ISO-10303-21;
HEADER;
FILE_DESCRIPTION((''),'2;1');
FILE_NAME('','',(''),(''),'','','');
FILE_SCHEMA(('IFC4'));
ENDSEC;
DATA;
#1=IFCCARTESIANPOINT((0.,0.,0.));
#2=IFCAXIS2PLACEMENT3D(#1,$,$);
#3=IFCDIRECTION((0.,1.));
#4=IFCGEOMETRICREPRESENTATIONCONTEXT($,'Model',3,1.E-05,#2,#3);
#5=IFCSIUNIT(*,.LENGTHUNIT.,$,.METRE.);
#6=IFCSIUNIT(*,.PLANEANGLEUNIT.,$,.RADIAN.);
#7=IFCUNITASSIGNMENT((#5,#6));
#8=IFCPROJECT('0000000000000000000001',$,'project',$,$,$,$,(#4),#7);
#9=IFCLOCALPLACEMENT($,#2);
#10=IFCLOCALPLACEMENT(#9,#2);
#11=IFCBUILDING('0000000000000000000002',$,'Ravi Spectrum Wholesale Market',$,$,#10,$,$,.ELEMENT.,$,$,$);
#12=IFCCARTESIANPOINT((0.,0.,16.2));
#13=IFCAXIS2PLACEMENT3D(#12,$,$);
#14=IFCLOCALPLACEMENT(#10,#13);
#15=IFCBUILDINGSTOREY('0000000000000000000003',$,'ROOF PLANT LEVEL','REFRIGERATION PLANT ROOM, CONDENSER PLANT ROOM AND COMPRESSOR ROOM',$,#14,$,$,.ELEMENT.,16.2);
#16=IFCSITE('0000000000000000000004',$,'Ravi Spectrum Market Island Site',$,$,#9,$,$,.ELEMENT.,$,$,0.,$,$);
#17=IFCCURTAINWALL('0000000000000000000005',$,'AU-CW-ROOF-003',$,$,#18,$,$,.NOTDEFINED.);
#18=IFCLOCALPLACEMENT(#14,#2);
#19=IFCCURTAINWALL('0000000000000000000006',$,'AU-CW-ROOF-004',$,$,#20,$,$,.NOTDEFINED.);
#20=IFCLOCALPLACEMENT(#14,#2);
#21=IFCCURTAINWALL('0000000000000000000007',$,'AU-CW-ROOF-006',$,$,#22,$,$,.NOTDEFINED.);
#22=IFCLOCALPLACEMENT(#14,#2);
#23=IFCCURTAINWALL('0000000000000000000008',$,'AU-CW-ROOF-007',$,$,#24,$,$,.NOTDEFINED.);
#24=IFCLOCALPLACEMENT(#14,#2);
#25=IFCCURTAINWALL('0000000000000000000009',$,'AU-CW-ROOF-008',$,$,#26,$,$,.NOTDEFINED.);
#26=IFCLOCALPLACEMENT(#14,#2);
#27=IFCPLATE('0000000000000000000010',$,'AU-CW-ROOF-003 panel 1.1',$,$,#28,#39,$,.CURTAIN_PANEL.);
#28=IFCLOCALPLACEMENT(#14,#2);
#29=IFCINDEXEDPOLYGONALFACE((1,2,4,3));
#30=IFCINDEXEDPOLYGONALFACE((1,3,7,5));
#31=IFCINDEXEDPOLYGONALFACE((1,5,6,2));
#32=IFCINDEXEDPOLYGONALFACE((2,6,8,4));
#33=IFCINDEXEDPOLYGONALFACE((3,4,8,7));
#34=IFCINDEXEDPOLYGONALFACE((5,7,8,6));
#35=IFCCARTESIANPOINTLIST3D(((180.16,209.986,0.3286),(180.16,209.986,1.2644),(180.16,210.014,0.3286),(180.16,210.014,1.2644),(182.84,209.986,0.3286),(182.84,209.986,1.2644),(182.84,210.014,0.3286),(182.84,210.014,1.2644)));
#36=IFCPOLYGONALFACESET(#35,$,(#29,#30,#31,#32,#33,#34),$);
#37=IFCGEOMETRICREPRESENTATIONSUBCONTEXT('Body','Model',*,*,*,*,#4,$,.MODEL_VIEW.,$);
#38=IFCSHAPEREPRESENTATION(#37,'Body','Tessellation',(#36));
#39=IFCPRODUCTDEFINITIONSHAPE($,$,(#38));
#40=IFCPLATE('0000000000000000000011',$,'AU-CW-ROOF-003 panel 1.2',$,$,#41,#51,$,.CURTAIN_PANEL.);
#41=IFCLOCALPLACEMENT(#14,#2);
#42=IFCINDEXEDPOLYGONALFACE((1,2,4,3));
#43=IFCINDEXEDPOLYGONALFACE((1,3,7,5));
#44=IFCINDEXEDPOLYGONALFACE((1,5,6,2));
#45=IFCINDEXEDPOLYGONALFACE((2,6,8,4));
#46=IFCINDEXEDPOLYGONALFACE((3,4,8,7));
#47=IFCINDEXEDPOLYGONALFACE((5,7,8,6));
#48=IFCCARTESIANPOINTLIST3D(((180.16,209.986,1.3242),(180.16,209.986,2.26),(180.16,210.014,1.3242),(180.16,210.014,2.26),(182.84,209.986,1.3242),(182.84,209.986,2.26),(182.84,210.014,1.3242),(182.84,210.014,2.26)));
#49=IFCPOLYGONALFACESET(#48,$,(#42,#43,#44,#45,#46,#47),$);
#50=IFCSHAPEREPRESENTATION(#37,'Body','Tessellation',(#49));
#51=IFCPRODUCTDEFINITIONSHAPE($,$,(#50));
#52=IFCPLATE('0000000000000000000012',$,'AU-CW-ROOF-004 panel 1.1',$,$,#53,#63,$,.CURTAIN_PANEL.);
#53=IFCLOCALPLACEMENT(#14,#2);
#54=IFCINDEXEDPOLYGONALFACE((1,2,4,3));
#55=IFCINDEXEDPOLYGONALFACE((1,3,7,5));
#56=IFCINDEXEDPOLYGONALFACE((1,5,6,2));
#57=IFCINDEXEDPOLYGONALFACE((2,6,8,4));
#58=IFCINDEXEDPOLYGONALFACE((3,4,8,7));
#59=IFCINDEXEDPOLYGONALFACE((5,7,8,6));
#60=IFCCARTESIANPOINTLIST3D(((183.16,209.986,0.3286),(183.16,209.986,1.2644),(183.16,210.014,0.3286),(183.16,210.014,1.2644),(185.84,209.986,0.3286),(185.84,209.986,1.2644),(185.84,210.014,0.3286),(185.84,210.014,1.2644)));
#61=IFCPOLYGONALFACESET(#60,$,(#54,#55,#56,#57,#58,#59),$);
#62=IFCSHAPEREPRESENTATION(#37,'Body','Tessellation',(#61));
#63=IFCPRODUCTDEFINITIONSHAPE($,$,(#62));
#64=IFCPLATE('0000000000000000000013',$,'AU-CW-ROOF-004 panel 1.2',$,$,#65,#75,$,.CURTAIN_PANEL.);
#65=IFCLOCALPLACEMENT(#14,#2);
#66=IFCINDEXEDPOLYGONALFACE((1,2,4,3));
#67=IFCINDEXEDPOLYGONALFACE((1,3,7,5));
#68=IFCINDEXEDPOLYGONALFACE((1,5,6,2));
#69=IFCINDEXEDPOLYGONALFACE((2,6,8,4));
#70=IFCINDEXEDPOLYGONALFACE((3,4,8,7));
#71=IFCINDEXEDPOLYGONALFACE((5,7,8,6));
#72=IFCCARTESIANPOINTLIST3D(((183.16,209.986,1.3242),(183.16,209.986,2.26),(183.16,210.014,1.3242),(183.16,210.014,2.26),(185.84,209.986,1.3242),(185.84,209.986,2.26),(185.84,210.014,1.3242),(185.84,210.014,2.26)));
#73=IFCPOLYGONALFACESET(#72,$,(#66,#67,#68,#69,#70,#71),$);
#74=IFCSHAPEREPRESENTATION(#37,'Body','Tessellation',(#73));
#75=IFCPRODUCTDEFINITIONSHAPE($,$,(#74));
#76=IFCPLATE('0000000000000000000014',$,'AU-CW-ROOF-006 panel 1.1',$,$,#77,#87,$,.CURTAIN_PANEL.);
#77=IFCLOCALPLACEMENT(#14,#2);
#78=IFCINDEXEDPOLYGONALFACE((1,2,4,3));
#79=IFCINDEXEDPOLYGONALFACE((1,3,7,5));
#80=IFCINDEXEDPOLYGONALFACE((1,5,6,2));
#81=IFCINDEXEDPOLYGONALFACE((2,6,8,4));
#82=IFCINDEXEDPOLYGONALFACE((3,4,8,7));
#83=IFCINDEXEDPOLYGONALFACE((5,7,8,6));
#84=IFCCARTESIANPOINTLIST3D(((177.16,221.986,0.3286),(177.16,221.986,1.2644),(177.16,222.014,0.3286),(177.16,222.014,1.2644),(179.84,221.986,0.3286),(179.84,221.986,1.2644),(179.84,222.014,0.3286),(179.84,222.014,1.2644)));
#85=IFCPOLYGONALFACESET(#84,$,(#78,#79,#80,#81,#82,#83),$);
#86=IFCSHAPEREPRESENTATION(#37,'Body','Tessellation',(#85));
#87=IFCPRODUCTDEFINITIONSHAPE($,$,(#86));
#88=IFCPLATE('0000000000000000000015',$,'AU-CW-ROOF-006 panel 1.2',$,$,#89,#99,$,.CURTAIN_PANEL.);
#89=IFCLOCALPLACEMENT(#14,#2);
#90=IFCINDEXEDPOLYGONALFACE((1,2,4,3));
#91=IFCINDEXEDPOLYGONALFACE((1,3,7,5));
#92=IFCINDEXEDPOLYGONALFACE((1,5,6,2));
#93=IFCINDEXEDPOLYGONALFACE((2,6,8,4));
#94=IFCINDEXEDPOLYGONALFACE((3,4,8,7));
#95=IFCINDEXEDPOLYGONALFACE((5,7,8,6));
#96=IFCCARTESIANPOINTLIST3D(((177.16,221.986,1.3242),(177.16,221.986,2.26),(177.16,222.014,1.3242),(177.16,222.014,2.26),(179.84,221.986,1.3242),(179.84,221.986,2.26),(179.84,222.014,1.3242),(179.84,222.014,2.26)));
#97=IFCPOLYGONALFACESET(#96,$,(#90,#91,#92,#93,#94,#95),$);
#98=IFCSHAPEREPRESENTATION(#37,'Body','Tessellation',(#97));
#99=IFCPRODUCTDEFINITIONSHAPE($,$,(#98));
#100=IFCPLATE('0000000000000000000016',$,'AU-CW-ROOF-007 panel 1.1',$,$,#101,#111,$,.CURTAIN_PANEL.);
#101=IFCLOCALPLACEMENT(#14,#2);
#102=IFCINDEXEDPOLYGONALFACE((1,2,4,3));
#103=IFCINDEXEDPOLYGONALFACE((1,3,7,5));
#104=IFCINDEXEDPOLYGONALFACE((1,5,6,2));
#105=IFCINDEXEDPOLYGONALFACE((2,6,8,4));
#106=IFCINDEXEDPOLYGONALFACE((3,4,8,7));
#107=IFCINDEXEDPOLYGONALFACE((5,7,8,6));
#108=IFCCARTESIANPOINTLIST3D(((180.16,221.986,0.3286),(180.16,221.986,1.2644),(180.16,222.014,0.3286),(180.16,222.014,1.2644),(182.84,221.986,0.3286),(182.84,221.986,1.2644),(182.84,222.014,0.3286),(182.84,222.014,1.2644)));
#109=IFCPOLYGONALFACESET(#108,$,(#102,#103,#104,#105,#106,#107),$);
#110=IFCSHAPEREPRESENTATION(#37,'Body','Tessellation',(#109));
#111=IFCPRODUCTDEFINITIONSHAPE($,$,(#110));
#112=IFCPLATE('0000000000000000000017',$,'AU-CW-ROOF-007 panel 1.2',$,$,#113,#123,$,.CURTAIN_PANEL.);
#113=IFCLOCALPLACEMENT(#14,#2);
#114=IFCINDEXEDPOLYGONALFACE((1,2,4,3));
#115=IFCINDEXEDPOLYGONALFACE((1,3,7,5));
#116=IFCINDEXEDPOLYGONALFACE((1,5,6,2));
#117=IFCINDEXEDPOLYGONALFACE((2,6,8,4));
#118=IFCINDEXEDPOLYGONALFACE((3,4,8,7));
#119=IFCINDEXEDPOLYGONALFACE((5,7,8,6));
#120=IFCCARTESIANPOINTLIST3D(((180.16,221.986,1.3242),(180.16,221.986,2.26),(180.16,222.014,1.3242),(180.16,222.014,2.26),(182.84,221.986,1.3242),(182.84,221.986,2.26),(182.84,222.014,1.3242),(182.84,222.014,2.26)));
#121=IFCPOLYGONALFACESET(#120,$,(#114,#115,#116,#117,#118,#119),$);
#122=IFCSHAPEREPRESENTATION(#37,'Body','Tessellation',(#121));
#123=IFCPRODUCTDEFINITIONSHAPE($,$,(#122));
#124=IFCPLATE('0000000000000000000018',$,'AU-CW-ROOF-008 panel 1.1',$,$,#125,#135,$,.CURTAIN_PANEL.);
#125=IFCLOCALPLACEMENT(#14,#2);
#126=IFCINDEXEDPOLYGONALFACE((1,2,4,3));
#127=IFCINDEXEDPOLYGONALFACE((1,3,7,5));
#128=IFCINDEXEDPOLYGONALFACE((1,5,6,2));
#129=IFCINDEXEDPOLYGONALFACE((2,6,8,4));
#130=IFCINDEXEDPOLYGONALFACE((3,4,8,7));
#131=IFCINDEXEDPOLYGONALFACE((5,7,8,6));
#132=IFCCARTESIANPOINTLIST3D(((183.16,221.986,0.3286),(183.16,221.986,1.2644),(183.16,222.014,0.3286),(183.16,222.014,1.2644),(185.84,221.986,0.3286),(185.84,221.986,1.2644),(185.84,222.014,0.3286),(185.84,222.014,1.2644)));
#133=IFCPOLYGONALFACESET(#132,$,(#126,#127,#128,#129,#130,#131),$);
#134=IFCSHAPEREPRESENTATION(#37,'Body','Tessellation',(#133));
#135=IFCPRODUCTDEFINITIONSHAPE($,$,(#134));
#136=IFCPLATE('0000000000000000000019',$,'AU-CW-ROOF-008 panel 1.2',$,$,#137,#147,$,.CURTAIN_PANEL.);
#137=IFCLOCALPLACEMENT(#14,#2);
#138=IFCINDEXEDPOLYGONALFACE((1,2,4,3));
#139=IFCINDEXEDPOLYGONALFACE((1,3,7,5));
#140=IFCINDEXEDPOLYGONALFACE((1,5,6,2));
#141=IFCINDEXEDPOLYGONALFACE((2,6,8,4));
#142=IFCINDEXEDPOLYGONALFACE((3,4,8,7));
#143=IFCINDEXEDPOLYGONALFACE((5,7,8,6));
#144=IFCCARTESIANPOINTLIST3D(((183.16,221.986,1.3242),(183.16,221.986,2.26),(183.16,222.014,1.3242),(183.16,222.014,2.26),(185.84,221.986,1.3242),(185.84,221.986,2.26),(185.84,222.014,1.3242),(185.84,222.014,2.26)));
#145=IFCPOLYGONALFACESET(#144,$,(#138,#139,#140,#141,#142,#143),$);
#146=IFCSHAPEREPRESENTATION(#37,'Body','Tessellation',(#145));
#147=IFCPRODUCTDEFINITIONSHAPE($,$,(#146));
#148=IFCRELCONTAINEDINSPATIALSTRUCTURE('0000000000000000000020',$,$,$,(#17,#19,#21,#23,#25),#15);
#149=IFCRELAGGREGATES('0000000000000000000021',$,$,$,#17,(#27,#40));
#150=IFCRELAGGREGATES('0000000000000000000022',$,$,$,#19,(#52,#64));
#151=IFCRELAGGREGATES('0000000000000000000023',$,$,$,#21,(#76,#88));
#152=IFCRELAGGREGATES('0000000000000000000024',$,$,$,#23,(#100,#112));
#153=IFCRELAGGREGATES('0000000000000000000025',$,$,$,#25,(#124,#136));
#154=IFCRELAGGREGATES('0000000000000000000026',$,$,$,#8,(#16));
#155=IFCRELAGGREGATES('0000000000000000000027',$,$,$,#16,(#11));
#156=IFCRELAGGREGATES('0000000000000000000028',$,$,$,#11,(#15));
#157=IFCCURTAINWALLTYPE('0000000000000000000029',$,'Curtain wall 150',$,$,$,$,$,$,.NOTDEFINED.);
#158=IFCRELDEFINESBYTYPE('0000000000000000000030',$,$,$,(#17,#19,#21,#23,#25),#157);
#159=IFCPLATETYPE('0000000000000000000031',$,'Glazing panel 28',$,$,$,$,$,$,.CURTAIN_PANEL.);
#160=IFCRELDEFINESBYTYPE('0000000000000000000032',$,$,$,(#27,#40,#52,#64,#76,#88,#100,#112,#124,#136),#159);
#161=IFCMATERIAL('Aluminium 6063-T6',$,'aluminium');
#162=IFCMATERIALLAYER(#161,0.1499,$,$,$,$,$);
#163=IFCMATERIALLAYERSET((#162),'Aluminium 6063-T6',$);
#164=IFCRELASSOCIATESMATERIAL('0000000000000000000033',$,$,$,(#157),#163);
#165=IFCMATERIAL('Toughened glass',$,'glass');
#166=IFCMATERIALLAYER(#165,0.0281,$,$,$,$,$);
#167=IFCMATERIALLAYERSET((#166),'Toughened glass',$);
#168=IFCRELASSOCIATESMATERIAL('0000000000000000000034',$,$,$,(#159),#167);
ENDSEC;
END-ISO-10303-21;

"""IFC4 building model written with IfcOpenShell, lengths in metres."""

from ifc_helpers import new_model, si_unit, direction, frame, origin, origin_2d, place, context, subcontext, project, spatial, rectangle, extrude, material, layer, layer_set, type_object, element, aggregate, save


model = new_model("IFC4")

# Units and contexts
model_context = context("Model", 3, precision=1e-05, world=origin(), true_north=direction((0.0, 1.0)))
body_context = subcontext(model_context, "Body", "Model", "MODEL_VIEW")
ifc_project = project(units=[si_unit("LENGTHUNIT", "METRE"), si_unit("PLANEANGLEUNIT", "RADIAN")], contexts=[model_context])

# Site, building, storey
site_placement = place(None, origin())
site = spatial("IfcSite", under=ifc_project, at=site_placement, Name="Ravi Spectrum Market Island Site", CompositionType="ELEMENT", RefElevation=0.0)
building_placement = place(site_placement, origin())
building = spatial("IfcBuilding", under=site, at=building_placement, Name="Ravi Spectrum Wholesale Market", CompositionType="ELEMENT")
storey_placement = place(building_placement, frame((0.0, 0.0, 16.2)))
storey = spatial("IfcBuildingStorey", under=building, at=storey_placement, Name="ROOF PLANT LEVEL", Description="REFRIGERATION PLANT ROOM, CONDENSER PLANT ROOM AND COMPRESSOR ROOM", CompositionType="ELEMENT", Elevation=16.2)

# Shared definitions
ifc_material_1 = material(Name="Aluminium 6063-T6", Category="aluminium")
ifc_layer_1 = layer(ifc_material_1, 0.1499)
ifc_layer_set_1 = layer_set([ifc_layer_1], Name="Aluminium 6063-T6")
curtain_wall_type = type_object("IfcCurtainWallType", Name="Curtain wall 150", PredefinedType="NOTDEFINED", material=ifc_layer_set_1)

# Curtain walls
curtain_wall_1_placement = place(storey_placement, origin())
curtain_wall_1 = element("IfcCurtainWall", 1, at=curtain_wall_1_placement, inside=storey, type_object=curtain_wall_type, Name="AU-CW-ROOF-003", PredefinedType="NOTDEFINED")
curtain_wall_2_placement = place(storey_placement, origin())
curtain_wall_2 = element("IfcCurtainWall", 2, at=curtain_wall_2_placement, inside=storey, type_object=curtain_wall_type, Name="AU-CW-ROOF-004", PredefinedType="NOTDEFINED")

# Curtain wall
curtain_wall_3_placement = place(storey_placement, origin())
curtain_wall_3 = element("IfcCurtainWall", 3, at=curtain_wall_3_placement, inside=storey, type_object=curtain_wall_type, Name="AU-CW-ROOF-006", PredefinedType="NOTDEFINED")

# Curtain walls
curtain_wall_4_placement = place(storey_placement, origin())
curtain_wall_4 = element("IfcCurtainWall", 4, at=curtain_wall_4_placement, inside=storey, type_object=curtain_wall_type, Name="AU-CW-ROOF-007", PredefinedType="NOTDEFINED")
curtain_wall_5_placement = place(storey_placement, origin())
curtain_wall_5 = element("IfcCurtainWall", 5, at=curtain_wall_5_placement, inside=storey, type_object=curtain_wall_type, Name="AU-CW-ROOF-008", PredefinedType="NOTDEFINED")

# Plates
ifc_material_2 = material(Name="Toughened glass", Category="glass")
ifc_layer_2 = layer(ifc_material_2, 0.0281)
ifc_layer_set_2 = layer_set([ifc_layer_2], Name="Toughened glass")
plate_type = type_object("IfcPlateType", Name="Glazing panel 28", PredefinedType="CURTAIN_PANEL", material=ifc_layer_set_2)
plate_1_placement = place(storey_placement, frame((181.5, 210.0, 0.3286), z_axis=(0.0, 0.0, 1.0), x_axis=(1.0, 0.0, 0.0)))
plate_1 = element("IfcPlate", 6, at=plate_1_placement, type_object=plate_type, Name="AU-CW-ROOF-003 panel 1.1", PredefinedType="CURTAIN_PANEL", context=body_context, shape_type="SweptSolid", body=[
    extrude(rectangle(XDim=2.6799, YDim=0.0281, at=origin_2d()), origin(), (0.0, 0.0, 1.0), 0.9358),
])
plate_2_placement = place(storey_placement, frame((181.5, 210.0, 1.3242), z_axis=(0.0, 0.0, 1.0), x_axis=(1.0, 0.0, 0.0)))
plate_2 = element("IfcPlate", 7, at=plate_2_placement, type_object=plate_type, Name="AU-CW-ROOF-003 panel 1.2", PredefinedType="CURTAIN_PANEL", context=body_context, shape_type="SweptSolid", body=[
    extrude(rectangle(XDim=2.6799, YDim=0.0281, at=origin_2d()), origin(), (0.0, 0.0, 1.0), 0.9358),
])
aggregate(curtain_wall_1, [plate_1, plate_2])
plate_3_placement = place(storey_placement, frame((184.5, 210.0, 0.3286), z_axis=(0.0, 0.0, 1.0), x_axis=(1.0, 0.0, 0.0)))
plate_3 = element("IfcPlate", 8, at=plate_3_placement, type_object=plate_type, Name="AU-CW-ROOF-004 panel 1.1", PredefinedType="CURTAIN_PANEL", context=body_context, shape_type="SweptSolid", body=[
    extrude(rectangle(XDim=2.6799, YDim=0.0281, at=origin_2d()), origin(), (0.0, 0.0, 1.0), 0.9358),
])
plate_4_placement = place(storey_placement, frame((184.5, 210.0, 1.3242), z_axis=(0.0, 0.0, 1.0), x_axis=(1.0, 0.0, 0.0)))
plate_4 = element("IfcPlate", 9, at=plate_4_placement, type_object=plate_type, Name="AU-CW-ROOF-004 panel 1.2", PredefinedType="CURTAIN_PANEL", context=body_context, shape_type="SweptSolid", body=[
    extrude(rectangle(XDim=2.6799, YDim=0.0281, at=origin_2d()), origin(), (0.0, 0.0, 1.0), 0.9358),
])
aggregate(curtain_wall_2, [plate_3, plate_4])
plate_5_placement = place(storey_placement, frame((178.5, 222.0, 0.3286), z_axis=(0.0, 0.0, 1.0), x_axis=(1.0, 0.0, 0.0)))
plate_5 = element("IfcPlate", 10, at=plate_5_placement, type_object=plate_type, Name="AU-CW-ROOF-006 panel 1.1", PredefinedType="CURTAIN_PANEL", context=body_context, shape_type="SweptSolid", body=[
    extrude(rectangle(XDim=2.6799, YDim=0.0281, at=origin_2d()), origin(), (0.0, 0.0, 1.0), 0.9358),
])
plate_6_placement = place(storey_placement, frame((178.5, 222.0, 1.3242), z_axis=(0.0, 0.0, 1.0), x_axis=(1.0, 0.0, 0.0)))
plate_6 = element("IfcPlate", 11, at=plate_6_placement, type_object=plate_type, Name="AU-CW-ROOF-006 panel 1.2", PredefinedType="CURTAIN_PANEL", context=body_context, shape_type="SweptSolid", body=[
    extrude(rectangle(XDim=2.6799, YDim=0.0281, at=origin_2d()), origin(), (0.0, 0.0, 1.0), 0.9358),
])
aggregate(curtain_wall_3, [plate_5, plate_6])
plate_7_placement = place(storey_placement, frame((181.5, 222.0, 0.3286), z_axis=(0.0, 0.0, 1.0), x_axis=(1.0, 0.0, 0.0)))
plate_7 = element("IfcPlate", 12, at=plate_7_placement, type_object=plate_type, Name="AU-CW-ROOF-007 panel 1.1", PredefinedType="CURTAIN_PANEL", context=body_context, shape_type="SweptSolid", body=[
    extrude(rectangle(XDim=2.6799, YDim=0.0281, at=origin_2d()), origin(), (0.0, 0.0, 1.0), 0.9358),
])
plate_8_placement = place(storey_placement, frame((181.5, 222.0, 1.3242), z_axis=(0.0, 0.0, 1.0), x_axis=(1.0, 0.0, 0.0)))
plate_8 = element("IfcPlate", 13, at=plate_8_placement, type_object=plate_type, Name="AU-CW-ROOF-007 panel 1.2", PredefinedType="CURTAIN_PANEL", context=body_context, shape_type="SweptSolid", body=[
    extrude(rectangle(XDim=2.6799, YDim=0.0281, at=origin_2d()), origin(), (0.0, 0.0, 1.0), 0.9358),
])
aggregate(curtain_wall_4, [plate_7, plate_8])
plate_9_placement = place(storey_placement, frame((184.5, 222.0, 0.3286), z_axis=(0.0, 0.0, 1.0), x_axis=(1.0, 0.0, 0.0)))
plate_9 = element("IfcPlate", 14, at=plate_9_placement, type_object=plate_type, Name="AU-CW-ROOF-008 panel 1.1", PredefinedType="CURTAIN_PANEL", context=body_context, shape_type="SweptSolid", body=[
    extrude(rectangle(XDim=2.6799, YDim=0.0281, at=origin_2d()), origin(), (0.0, 0.0, 1.0), 0.9358),
])
plate_10_placement = place(storey_placement, frame((184.5, 222.0, 1.3242), z_axis=(0.0, 0.0, 1.0), x_axis=(1.0, 0.0, 0.0)))
plate_10 = element("IfcPlate", 15, at=plate_10_placement, type_object=plate_type, Name="AU-CW-ROOF-008 panel 1.2", PredefinedType="CURTAIN_PANEL", context=body_context, shape_type="SweptSolid", body=[
    extrude(rectangle(XDim=2.6799, YDim=0.0281, at=origin_2d()), origin(), (0.0, 0.0, 1.0), 0.9358),
])
aggregate(curtain_wall_5, [plate_9, plate_10])

save(model, "model.ifc")
